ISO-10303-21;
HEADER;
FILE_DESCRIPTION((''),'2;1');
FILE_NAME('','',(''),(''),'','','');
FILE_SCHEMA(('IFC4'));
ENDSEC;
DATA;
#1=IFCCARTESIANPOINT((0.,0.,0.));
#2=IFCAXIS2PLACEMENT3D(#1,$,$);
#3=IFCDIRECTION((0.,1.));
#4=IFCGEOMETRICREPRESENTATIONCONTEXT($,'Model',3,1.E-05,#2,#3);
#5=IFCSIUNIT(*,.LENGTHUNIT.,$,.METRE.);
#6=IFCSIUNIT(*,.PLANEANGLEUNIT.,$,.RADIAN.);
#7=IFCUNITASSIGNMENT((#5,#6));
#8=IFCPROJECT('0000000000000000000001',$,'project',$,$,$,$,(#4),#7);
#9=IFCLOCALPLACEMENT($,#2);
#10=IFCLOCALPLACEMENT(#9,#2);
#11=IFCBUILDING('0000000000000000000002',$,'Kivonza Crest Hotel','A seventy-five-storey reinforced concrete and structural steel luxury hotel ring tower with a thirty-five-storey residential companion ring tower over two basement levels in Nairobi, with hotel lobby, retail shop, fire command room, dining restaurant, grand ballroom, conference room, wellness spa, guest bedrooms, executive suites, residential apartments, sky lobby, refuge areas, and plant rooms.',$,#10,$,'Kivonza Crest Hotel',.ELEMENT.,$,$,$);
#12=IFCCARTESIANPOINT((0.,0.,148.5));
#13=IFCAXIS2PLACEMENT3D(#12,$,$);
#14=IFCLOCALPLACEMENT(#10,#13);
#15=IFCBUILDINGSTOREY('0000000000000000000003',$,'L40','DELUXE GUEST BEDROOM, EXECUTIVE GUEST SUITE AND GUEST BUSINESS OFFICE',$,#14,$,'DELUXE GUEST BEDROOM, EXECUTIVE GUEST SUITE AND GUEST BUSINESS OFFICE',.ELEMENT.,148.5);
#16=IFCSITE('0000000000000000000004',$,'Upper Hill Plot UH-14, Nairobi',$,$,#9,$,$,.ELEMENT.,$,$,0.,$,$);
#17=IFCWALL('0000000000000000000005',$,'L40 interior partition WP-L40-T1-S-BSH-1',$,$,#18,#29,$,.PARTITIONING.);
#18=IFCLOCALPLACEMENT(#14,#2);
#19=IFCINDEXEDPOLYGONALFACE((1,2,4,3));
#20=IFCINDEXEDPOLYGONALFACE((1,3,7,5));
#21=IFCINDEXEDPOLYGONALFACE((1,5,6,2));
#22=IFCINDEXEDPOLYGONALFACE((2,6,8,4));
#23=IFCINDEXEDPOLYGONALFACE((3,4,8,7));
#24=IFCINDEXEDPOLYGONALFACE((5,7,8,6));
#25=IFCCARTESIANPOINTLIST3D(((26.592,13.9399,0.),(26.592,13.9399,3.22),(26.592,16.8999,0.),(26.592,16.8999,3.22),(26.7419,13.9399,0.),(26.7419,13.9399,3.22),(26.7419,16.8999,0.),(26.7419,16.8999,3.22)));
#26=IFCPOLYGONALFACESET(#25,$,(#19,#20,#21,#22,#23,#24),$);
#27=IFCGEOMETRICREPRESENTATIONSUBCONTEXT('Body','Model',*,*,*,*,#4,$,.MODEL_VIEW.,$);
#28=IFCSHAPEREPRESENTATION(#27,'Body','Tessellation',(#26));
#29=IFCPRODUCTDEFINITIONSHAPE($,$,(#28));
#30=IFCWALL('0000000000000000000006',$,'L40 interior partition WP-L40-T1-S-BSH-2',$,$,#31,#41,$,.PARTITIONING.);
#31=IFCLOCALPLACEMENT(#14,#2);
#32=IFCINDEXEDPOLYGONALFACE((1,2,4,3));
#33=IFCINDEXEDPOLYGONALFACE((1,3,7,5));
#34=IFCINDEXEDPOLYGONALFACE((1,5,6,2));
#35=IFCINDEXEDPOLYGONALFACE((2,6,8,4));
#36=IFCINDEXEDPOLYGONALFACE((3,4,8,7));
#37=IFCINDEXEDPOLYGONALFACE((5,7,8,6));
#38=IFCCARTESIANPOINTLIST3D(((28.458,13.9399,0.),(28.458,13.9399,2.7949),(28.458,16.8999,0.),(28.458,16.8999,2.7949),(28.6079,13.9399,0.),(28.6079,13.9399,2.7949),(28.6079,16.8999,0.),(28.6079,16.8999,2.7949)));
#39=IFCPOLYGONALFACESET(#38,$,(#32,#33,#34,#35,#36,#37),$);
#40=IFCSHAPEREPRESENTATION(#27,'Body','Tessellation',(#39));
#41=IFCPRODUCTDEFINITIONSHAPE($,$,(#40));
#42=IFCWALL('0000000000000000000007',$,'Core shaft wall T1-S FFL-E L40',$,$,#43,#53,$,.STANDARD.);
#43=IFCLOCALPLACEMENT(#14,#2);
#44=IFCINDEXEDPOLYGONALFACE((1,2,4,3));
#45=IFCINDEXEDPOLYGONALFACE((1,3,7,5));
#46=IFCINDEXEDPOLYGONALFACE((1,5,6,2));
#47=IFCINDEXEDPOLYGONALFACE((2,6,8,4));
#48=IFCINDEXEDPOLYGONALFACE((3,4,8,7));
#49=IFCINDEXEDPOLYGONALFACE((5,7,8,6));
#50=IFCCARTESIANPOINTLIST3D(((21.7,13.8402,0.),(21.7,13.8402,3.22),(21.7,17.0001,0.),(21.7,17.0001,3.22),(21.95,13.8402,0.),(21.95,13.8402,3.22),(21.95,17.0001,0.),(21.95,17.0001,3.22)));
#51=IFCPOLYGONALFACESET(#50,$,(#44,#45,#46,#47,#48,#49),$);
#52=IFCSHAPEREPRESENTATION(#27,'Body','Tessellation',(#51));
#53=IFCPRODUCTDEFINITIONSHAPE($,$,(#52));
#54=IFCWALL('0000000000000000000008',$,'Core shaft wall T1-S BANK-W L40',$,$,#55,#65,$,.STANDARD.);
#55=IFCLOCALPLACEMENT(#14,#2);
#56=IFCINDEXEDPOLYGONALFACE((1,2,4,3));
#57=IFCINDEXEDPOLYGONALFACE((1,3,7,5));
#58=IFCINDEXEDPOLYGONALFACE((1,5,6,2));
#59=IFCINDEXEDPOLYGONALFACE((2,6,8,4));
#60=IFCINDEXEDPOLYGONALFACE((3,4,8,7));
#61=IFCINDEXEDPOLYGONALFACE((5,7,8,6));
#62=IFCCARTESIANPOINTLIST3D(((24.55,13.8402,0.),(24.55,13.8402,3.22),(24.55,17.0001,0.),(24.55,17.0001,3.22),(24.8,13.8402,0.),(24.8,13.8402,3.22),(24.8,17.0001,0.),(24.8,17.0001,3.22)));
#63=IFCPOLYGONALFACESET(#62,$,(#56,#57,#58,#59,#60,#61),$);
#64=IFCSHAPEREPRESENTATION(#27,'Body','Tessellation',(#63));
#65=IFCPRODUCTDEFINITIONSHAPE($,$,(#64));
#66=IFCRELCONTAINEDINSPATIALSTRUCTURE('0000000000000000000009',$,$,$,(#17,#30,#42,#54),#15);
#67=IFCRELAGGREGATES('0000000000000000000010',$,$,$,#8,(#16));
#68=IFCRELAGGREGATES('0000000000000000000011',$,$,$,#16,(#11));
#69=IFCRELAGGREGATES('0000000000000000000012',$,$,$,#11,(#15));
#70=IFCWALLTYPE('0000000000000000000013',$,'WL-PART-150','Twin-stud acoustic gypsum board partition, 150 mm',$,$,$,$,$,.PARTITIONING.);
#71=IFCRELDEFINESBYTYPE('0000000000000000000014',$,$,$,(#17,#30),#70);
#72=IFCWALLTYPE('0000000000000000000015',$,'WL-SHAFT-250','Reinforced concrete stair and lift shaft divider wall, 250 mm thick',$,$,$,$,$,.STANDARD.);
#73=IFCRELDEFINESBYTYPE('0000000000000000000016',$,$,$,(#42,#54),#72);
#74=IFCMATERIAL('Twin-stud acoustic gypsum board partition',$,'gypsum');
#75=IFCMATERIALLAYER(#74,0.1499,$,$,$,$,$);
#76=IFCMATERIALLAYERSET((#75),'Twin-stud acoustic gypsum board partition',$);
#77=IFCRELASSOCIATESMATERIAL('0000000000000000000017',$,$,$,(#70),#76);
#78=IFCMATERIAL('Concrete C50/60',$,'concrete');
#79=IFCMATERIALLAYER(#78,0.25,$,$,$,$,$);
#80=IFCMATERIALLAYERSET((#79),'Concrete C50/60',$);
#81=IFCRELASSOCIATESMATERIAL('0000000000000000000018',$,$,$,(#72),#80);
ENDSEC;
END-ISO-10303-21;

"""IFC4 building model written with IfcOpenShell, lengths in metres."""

from ifc_helpers import new_model, si_unit, direction, frame, frame_2d, origin, place, context, subcontext, project, spatial, rectangle, extrude, material, layer, layer_set, type_object, element, save


model = new_model("IFC4")

# Units and contexts
model_context = context("Model", 3, precision=1e-05, world=origin(), true_north=direction((0.0, 1.0)))
body_context = subcontext(model_context, "Body", "Model", "MODEL_VIEW")
ifc_project = project(units=[si_unit("LENGTHUNIT", "METRE"), si_unit("PLANEANGLEUNIT", "RADIAN")], contexts=[model_context])

# Site, building, storey
site_placement = place(None, origin())
site = spatial("IfcSite", under=ifc_project, at=site_placement, Name="Upper Hill Plot UH-14, Nairobi", CompositionType="ELEMENT", RefElevation=0.0)
building_placement = place(site_placement, origin())
building = spatial("IfcBuilding", under=site, at=building_placement, Name="Kivonza Crest Hotel", Description="A seventy-five-storey reinforced concrete and structural steel luxury hotel ring tower with a thirty-five-storey residential companion ring tower over two basement levels in Nairobi, with hotel lobby, retail shop, fire command room, dining restaurant, grand ballroom, conference room, wellness spa, guest bedrooms, executive suites, residential apartments, sky lobby, refuge areas, and plant rooms.", LongName="Kivonza Crest Hotel", CompositionType="ELEMENT")
storey_placement = place(building_placement, frame((0.0, 0.0, 148.5)))
storey = spatial("IfcBuildingStorey", under=building, at=storey_placement, Name="L40", Description="DELUXE GUEST BEDROOM, EXECUTIVE GUEST SUITE AND GUEST BUSINESS OFFICE", LongName="DELUXE GUEST BEDROOM, EXECUTIVE GUEST SUITE AND GUEST BUSINESS OFFICE", CompositionType="ELEMENT", Elevation=148.5)

# Walls
ifc_material_1 = material(Name="Twin-stud acoustic gypsum board partition", Category="gypsum")
ifc_layer_1 = layer(ifc_material_1, 0.1499)
ifc_layer_set_1 = layer_set([ifc_layer_1], Name="Twin-stud acoustic gypsum board partition")
wall_type_1 = type_object("IfcWallType", Name="WL-PART-150", Description="Twin-stud acoustic gypsum board partition, 150 mm", PredefinedType="PARTITIONING", material=ifc_layer_set_1)
wall_1_placement = place(storey_placement, frame((26.667, 13.9399, 0.0), z_axis=(0.0, 0.0, 1.0), x_axis=(0.0, 1.0, 0.0)))
element("IfcWall", 1, at=wall_1_placement, inside=storey, type_object=wall_type_1, Name="L40 interior partition WP-L40-T1-S-BSH-1", PredefinedType="PARTITIONING", context=body_context, shape_type="SweptSolid", body=[
    extrude(rectangle(XDim=2.96, YDim=0.1499, at=frame_2d((1.48, 0.0))), origin(), (0.0, 0.0, 1.0), 3.22),
])
wall_2_placement = place(storey_placement, frame((28.533, 13.9399, 0.0), z_axis=(0.0, 0.0, 1.0), x_axis=(0.0, 1.0, 0.0)))
element("IfcWall", 2, at=wall_2_placement, inside=storey, type_object=wall_type_1, Name="L40 interior partition WP-L40-T1-S-BSH-2", PredefinedType="PARTITIONING", context=body_context, shape_type="SweptSolid", body=[
    extrude(rectangle(XDim=2.96, YDim=0.1499, at=frame_2d((1.48, 0.0))), origin(), (0.0, 0.0, 1.0), 2.7949),
])

# Shared definitions
ifc_material_2 = material(Name="Concrete C50/60", Category="concrete")
ifc_layer_2 = layer(ifc_material_2, 0.25)
ifc_layer_set_2 = layer_set([ifc_layer_2], Name="Concrete C50/60")
wall_type_2 = type_object("IfcWallType", Name="WL-SHAFT-250", Description="Reinforced concrete stair and lift shaft divider wall, 250 mm thick", PredefinedType="STANDARD", material=ifc_layer_set_2)

# Walls
for number, where, z_axis, x_axis, name in (
    (3, (21.825, 13.8401, 0.0), (0.0, 0.0, 1.0), (0.0, 1.0, 0.0), "Core shaft wall T1-S FFL-E L40"),
    (4, (24.675, 13.8401, 0.0), (0.0, 0.0, 1.0), (0.0, 1.0, 0.0), "Core shaft wall T1-S BANK-W L40"),
):
    element("IfcWall", number, at=place(storey_placement, frame(where, z_axis=z_axis, x_axis=x_axis)), inside=storey, type_object=wall_type_2, Name=name, PredefinedType="STANDARD", context=body_context, shape_type="SweptSolid", body=[
        extrude(rectangle(XDim=3.1599, YDim=0.25, at=frame_2d((1.5801, 0.0))), origin(), (0.0, 0.0, 1.0), 3.22),
    ])

save(model, "model.ifc")
